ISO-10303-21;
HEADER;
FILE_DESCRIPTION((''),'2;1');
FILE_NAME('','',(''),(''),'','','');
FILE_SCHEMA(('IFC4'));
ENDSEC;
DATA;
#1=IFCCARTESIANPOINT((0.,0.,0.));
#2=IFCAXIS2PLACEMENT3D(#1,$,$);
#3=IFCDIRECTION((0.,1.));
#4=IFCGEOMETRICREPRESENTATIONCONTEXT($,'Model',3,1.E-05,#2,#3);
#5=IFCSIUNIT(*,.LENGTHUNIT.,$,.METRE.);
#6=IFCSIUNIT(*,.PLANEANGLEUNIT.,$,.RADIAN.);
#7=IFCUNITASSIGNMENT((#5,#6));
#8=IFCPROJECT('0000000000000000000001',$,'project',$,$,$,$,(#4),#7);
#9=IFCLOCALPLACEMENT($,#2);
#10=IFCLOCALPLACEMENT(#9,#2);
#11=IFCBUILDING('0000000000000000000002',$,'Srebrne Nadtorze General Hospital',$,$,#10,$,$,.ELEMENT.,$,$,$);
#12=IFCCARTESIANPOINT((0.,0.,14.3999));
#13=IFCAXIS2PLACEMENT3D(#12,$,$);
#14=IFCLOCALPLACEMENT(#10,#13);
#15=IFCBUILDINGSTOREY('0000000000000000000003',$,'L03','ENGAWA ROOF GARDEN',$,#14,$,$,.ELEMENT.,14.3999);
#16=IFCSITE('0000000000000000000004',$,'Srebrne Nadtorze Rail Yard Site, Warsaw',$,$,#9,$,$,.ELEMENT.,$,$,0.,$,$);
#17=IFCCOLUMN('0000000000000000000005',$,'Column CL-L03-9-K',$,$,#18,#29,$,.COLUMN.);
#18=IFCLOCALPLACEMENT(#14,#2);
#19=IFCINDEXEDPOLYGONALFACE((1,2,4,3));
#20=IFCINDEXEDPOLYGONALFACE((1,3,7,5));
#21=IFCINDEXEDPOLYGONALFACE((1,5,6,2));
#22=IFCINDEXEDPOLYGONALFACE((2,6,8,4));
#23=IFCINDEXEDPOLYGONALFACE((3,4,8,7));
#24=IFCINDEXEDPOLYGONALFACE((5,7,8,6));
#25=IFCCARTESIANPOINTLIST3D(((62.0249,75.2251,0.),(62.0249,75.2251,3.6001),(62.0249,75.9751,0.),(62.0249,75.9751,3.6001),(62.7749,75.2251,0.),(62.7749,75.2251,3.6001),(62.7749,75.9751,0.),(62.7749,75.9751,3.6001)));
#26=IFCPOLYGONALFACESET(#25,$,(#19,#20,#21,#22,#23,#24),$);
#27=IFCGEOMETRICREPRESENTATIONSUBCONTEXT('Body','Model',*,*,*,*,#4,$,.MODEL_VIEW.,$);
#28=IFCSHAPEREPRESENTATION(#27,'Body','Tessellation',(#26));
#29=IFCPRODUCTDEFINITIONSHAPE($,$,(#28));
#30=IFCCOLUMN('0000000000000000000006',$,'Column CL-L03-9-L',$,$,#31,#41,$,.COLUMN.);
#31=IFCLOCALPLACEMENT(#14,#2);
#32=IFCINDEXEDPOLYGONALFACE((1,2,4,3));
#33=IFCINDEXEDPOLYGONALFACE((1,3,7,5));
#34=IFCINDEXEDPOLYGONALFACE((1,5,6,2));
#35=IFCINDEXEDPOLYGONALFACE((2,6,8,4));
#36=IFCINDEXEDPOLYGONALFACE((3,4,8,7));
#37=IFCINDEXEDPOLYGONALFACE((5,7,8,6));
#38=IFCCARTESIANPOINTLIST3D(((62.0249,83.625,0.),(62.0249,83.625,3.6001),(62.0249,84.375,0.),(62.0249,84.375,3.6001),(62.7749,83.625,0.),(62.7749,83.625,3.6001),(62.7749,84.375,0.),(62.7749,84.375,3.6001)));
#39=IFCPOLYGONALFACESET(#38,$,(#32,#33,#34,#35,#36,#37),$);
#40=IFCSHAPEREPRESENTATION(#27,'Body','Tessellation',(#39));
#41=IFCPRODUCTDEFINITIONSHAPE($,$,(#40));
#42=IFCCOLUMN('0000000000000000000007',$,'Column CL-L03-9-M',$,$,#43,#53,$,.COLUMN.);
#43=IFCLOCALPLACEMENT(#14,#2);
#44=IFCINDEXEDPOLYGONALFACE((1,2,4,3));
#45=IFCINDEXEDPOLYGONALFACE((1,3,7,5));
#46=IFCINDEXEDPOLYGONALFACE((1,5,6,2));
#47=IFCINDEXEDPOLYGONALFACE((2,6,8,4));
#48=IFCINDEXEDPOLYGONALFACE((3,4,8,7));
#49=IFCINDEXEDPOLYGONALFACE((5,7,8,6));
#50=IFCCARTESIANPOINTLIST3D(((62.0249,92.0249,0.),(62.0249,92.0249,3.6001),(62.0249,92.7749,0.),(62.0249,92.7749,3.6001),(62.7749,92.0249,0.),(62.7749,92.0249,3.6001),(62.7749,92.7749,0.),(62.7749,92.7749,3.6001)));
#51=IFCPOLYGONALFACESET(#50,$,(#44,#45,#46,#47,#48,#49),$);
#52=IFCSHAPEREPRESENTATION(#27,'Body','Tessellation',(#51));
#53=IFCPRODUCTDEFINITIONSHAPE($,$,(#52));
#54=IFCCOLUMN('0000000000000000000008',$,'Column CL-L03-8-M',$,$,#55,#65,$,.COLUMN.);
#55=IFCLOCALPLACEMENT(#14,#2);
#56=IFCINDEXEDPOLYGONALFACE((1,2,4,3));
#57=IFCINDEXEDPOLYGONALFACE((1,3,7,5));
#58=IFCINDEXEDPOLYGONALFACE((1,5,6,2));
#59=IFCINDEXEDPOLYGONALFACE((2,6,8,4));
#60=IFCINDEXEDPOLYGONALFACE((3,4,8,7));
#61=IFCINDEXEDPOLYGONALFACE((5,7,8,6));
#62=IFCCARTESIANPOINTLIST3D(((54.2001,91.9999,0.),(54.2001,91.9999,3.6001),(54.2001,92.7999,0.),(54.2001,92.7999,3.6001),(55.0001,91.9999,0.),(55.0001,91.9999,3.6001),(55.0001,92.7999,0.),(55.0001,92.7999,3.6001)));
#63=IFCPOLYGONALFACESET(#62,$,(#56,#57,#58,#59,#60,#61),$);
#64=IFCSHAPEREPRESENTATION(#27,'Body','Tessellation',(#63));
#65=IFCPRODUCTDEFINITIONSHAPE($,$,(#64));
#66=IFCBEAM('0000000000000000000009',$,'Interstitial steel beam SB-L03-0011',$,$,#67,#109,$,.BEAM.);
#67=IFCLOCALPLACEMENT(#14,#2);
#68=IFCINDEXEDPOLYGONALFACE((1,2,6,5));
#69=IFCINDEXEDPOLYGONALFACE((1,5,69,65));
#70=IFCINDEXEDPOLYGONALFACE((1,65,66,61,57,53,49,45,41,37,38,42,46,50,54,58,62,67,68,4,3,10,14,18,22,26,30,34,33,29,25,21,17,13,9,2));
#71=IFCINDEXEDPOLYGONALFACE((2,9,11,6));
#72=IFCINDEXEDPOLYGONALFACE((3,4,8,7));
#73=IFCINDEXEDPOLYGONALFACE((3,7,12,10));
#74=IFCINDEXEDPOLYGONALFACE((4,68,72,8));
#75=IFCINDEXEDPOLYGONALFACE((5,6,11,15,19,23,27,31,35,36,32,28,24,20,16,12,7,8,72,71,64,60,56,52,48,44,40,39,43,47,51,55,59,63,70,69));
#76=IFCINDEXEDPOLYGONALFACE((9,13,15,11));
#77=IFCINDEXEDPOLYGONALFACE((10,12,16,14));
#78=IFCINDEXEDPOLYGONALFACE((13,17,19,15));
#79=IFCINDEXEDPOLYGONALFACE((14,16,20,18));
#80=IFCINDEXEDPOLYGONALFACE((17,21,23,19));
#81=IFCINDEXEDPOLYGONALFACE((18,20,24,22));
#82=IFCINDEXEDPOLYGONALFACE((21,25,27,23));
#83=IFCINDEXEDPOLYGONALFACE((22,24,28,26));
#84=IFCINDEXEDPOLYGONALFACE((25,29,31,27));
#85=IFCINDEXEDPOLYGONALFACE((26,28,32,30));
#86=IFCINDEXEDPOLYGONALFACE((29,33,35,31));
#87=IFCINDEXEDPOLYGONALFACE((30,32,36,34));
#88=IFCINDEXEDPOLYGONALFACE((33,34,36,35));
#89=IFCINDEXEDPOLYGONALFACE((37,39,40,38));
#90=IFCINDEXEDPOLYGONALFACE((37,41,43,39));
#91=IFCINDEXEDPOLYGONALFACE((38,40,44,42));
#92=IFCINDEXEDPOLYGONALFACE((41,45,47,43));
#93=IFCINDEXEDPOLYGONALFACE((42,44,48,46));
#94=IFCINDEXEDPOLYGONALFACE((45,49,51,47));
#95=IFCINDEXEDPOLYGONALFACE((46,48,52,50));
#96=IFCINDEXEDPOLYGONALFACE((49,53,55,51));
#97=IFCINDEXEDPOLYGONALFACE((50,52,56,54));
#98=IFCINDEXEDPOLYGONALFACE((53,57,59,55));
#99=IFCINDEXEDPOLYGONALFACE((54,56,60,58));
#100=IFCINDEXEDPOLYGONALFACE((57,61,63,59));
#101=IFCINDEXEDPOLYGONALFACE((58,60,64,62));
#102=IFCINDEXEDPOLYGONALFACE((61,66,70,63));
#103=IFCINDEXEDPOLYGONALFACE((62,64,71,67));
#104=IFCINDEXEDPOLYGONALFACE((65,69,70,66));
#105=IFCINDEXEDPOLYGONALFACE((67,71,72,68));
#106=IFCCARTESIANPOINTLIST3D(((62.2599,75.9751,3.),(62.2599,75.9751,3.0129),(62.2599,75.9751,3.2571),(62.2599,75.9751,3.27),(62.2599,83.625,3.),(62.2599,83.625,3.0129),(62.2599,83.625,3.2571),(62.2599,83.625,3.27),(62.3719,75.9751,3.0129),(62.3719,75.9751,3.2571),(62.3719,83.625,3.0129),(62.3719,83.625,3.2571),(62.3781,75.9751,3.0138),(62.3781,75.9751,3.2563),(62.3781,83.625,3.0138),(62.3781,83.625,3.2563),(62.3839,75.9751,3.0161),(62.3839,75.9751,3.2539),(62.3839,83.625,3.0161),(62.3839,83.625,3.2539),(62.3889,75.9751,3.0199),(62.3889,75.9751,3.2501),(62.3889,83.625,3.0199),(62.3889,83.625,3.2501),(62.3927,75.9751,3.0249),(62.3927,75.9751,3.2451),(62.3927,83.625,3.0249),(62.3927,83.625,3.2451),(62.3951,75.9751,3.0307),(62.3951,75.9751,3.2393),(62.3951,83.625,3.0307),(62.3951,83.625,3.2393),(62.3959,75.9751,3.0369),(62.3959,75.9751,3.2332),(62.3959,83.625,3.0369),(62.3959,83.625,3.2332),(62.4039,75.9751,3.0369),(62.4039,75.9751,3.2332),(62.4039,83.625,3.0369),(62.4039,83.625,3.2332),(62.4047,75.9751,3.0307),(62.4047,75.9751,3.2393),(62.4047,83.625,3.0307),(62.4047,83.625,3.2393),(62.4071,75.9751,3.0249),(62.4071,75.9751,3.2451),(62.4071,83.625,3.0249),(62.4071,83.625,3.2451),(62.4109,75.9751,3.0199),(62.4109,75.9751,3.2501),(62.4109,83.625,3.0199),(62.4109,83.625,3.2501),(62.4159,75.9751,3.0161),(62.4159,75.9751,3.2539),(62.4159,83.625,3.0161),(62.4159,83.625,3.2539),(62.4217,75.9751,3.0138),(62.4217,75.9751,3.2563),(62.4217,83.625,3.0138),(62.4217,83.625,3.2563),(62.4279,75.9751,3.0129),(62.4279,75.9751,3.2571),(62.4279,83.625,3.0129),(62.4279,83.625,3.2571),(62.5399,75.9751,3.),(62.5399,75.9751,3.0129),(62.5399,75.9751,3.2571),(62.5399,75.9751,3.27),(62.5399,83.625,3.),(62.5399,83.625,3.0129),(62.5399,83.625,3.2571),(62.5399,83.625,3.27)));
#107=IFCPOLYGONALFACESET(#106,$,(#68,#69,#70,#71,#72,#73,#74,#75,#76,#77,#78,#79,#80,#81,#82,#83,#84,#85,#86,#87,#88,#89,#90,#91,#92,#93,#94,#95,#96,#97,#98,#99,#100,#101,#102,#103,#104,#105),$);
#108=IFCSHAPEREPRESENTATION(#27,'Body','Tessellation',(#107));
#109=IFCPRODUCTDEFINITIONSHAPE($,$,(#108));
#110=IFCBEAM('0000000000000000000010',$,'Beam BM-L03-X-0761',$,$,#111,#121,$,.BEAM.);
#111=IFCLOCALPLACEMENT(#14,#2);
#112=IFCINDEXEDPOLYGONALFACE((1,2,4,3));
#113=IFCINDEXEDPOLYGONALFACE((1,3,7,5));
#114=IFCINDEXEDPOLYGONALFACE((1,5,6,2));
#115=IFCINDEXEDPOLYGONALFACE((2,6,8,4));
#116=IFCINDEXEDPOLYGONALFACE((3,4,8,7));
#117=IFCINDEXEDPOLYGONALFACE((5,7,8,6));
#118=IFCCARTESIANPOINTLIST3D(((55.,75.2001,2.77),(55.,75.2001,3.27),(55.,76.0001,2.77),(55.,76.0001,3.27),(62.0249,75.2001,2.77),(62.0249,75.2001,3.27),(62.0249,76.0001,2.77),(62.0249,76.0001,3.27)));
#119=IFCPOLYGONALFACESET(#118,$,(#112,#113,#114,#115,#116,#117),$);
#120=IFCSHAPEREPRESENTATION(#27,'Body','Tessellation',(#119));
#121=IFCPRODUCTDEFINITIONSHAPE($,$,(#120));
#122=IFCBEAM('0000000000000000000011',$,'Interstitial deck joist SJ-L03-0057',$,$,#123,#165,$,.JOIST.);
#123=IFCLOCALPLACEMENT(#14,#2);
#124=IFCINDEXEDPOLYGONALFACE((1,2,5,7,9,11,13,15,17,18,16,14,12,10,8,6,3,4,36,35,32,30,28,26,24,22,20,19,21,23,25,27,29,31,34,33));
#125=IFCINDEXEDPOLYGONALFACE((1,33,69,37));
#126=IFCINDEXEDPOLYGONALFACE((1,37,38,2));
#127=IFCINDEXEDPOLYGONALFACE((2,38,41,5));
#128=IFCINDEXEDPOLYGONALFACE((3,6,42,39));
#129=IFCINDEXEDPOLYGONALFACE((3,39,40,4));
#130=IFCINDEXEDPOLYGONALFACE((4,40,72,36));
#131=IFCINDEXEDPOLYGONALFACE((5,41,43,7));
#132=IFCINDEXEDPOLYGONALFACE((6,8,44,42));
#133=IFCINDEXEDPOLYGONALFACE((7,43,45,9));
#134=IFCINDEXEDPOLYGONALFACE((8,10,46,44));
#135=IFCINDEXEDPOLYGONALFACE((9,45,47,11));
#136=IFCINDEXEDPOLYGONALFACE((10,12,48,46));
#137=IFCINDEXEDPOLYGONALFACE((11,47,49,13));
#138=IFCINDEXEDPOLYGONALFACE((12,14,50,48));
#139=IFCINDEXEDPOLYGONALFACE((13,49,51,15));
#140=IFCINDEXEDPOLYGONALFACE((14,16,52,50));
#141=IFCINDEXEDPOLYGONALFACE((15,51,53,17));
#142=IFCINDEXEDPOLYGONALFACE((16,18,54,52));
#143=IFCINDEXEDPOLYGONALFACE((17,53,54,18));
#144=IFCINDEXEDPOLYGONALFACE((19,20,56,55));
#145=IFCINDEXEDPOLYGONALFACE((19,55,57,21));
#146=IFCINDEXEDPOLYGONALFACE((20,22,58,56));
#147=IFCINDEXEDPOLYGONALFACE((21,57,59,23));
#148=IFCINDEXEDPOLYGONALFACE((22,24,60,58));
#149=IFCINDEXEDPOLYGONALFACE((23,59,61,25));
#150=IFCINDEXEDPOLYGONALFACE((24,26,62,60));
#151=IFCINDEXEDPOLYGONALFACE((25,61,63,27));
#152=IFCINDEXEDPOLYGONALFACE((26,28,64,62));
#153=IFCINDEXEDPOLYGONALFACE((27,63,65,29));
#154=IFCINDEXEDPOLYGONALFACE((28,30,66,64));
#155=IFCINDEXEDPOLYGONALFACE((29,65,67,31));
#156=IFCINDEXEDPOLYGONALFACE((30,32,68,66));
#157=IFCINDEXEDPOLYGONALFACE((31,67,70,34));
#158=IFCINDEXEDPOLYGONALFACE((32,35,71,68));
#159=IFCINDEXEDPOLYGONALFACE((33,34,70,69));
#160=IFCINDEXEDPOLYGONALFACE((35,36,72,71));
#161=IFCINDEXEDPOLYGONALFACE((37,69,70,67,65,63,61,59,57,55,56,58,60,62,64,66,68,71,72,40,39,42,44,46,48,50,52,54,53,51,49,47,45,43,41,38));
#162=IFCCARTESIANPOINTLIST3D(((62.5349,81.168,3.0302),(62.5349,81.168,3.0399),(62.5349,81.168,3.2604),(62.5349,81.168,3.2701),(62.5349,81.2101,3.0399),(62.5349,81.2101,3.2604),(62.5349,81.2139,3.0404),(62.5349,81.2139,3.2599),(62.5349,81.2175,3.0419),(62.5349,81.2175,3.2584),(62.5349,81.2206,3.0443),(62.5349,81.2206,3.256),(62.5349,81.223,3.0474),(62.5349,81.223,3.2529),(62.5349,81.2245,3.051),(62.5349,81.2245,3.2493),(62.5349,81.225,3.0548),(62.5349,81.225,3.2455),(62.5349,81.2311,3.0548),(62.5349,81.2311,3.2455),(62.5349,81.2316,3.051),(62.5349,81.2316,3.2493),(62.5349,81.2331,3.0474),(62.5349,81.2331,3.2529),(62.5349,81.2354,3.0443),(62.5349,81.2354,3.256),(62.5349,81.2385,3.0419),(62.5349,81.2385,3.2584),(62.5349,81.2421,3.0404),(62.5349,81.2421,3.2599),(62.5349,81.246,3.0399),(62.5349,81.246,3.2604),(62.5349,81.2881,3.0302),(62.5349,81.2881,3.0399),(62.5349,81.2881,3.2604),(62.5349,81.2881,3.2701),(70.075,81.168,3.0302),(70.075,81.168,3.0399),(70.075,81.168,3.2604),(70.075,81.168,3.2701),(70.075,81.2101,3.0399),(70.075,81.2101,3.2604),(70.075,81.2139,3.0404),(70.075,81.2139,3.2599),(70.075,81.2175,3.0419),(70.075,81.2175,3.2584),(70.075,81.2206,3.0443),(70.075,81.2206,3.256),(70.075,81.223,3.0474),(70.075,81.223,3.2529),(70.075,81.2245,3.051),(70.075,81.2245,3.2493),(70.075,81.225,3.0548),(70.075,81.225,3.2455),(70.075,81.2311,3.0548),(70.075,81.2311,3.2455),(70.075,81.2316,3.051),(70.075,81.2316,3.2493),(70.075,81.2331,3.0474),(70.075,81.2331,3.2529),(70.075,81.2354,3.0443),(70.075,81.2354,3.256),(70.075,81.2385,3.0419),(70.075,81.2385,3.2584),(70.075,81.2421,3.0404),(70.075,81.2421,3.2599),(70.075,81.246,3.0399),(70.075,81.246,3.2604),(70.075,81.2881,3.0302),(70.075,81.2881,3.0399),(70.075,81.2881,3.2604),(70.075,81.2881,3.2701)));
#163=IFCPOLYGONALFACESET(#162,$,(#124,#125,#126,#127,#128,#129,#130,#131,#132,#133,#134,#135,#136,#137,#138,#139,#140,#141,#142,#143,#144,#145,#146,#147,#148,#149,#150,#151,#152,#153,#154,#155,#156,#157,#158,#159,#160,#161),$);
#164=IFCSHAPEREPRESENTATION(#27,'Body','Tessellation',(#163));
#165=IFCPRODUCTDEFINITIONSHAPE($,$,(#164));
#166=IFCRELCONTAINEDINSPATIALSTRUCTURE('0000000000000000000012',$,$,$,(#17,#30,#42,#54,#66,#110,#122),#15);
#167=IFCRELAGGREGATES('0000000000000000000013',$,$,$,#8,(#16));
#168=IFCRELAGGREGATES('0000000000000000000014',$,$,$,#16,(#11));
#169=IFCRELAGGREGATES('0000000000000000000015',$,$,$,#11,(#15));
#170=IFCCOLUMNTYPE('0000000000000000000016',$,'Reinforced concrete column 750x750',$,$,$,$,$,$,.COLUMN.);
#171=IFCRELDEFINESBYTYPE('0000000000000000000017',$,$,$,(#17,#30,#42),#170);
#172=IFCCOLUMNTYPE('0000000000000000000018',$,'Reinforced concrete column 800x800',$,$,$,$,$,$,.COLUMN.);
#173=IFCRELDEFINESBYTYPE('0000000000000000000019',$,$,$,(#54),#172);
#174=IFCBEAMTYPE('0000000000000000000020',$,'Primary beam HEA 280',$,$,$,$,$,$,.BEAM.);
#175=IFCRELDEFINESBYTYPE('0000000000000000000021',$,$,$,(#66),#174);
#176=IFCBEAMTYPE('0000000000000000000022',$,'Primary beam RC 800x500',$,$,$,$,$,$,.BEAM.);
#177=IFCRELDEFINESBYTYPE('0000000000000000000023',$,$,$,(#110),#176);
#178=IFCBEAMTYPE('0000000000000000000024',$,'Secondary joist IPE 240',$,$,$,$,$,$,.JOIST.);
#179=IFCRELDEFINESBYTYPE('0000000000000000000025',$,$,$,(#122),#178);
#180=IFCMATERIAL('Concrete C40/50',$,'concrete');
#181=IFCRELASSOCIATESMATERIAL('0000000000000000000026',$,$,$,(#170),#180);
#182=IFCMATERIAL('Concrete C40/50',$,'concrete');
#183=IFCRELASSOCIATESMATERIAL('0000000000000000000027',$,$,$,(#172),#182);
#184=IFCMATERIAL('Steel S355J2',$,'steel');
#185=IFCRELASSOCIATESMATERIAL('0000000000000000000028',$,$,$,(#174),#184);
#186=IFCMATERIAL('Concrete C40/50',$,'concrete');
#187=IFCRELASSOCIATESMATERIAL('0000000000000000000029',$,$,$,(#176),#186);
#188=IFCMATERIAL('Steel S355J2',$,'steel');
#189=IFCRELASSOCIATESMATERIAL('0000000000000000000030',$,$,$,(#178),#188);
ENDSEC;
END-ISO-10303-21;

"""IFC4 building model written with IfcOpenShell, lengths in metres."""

from ifc_helpers import new_model, si_unit, direction, frame, origin, origin_2d, place, context, subcontext, project, spatial, rectangle, i_section, extrude, material, material_profile, profile_set, type_object, element, save


model = new_model("IFC4")

# Units and contexts
model_context = context("Model", 3, precision=1e-05, world=origin(), true_north=direction((0.0, 1.0)))
body_context = subcontext(model_context, "Body", "Model", "MODEL_VIEW")
ifc_project = project(units=[si_unit("LENGTHUNIT", "METRE"), si_unit("PLANEANGLEUNIT", "RADIAN")], contexts=[model_context])

# Site, building, storey
site_placement = place(None, origin())
site = spatial("IfcSite", under=ifc_project, at=site_placement, Name="Srebrne Nadtorze Rail Yard Site, Warsaw", CompositionType="ELEMENT", RefElevation=0.0)
building_placement = place(site_placement, origin())
building = spatial("IfcBuilding", under=site, at=building_placement, Name="Srebrne Nadtorze General Hospital", CompositionType="ELEMENT")
storey_placement = place(building_placement, frame((0.0, 0.0, 14.3999)))
storey = spatial("IfcBuildingStorey", under=building, at=storey_placement, Name="L03", Description="ENGAWA ROOF GARDEN", CompositionType="ELEMENT", Elevation=14.3999)

# Columns
ifc_material_1 = material(Name="Concrete C40/50", Category="concrete")
ifc_material_profile_1 = material_profile(ifc_material_1, rectangle(XDim=0.75, YDim=0.75, at=origin_2d()), Name="RC-COL-750x750")
ifc_profile_set_1 = profile_set([ifc_material_profile_1], Name="Concrete C40/50")
column_type_1 = type_object("IfcColumnType", Name="Reinforced concrete column 750x750", PredefinedType="COLUMN", material=ifc_profile_set_1)
for number, where, z_axis, x_axis, name in (
    (1, (62.3999, 75.6001, 0.0), (0.0, 0.0, 1.0), (1.0, 0.0, 0.0), "Column CL-L03-9-K"),
    (2, (62.3999, 84.0, 0.0), (0.0, 0.0, 1.0), (1.0, 0.0, 0.0), "Column CL-L03-9-L"),
    (3, (62.3999, 92.3999, 0.0), (0.0, 0.0, 1.0), (1.0, 0.0, 0.0), "Column CL-L03-9-M"),
):
    element("IfcColumn", number, at=place(storey_placement, frame(where, z_axis=z_axis, x_axis=x_axis)), inside=storey, type_object=column_type_1, Name=name, PredefinedType="COLUMN", context=body_context, shape_type="SweptSolid", body=[
        extrude(rectangle(XDim=0.75, YDim=0.75, at=origin_2d()), origin(), (0.0, 0.0, 1.0), 3.6001),
    ])
ifc_material_2 = material(Name="Concrete C40/50", Category="concrete")
ifc_material_profile_2 = material_profile(ifc_material_2, rectangle(XDim=0.8, YDim=0.8, at=origin_2d()), Name="RC-COL-800x800")
ifc_profile_set_2 = profile_set([ifc_material_profile_2], Name="Concrete C40/50")
column_type_2 = type_object("IfcColumnType", Name="Reinforced concrete column 800x800", PredefinedType="COLUMN", material=ifc_profile_set_2)
column_placement = place(storey_placement, frame((54.6001, 92.3999, 0.0), z_axis=(0.0, 0.0, 1.0), x_axis=(1.0, 0.0, 0.0)))
element("IfcColumn", 4, at=column_placement, inside=storey, type_object=column_type_2, Name="Column CL-L03-8-M", PredefinedType="COLUMN", context=body_context, shape_type="SweptSolid", body=[
    extrude(rectangle(XDim=0.8, YDim=0.8, at=origin_2d()), origin(), (0.0, 0.0, 1.0), 3.6001),
])

# Beams
ifc_material_3 = material(Name="Steel S355J2", Category="steel")
ifc_material_profile_3 = material_profile(ifc_material_3, i_section(OverallWidth=0.28, OverallDepth=0.27, WebThickness=0.0081, FlangeThickness=0.0129, FilletRadius=0.0239, at=origin_2d()), Name="HEA-280")
ifc_profile_set_3 = profile_set([ifc_material_profile_3], Name="Steel S355J2")
beam_type_1 = type_object("IfcBeamType", Name="Primary beam HEA 280", PredefinedType="BEAM", material=ifc_profile_set_3)
beam_1_placement = place(storey_placement, frame((62.3999, 75.9751, 3.135), z_axis=(0.0, 1.0, 0.0), x_axis=(-1.0, 0.0, 0.0)))
element("IfcBeam", 5, at=beam_1_placement, inside=storey, type_object=beam_type_1, Name="Interstitial steel beam SB-L03-0011", PredefinedType="BEAM", context=body_context, shape_type="SweptSolid", body=[
    extrude(i_section(OverallWidth=0.28, OverallDepth=0.27, WebThickness=0.0081, FlangeThickness=0.0129, FilletRadius=0.0239, at=origin_2d()), origin(), (0.0, 0.0, 1.0), 7.6499),
])
ifc_material_4 = material(Name="Concrete C40/50", Category="concrete")
ifc_material_profile_4 = material_profile(ifc_material_4, rectangle(XDim=0.8, YDim=0.5, at=origin_2d()), Name="RC-BM-800x500")
ifc_profile_set_4 = profile_set([ifc_material_profile_4], Name="Concrete C40/50")
beam_type_2 = type_object("IfcBeamType", Name="Primary beam RC 800x500", PredefinedType="BEAM", material=ifc_profile_set_4)
beam_2_placement = place(storey_placement, frame((55.0, 75.6001, 3.02), z_axis=(1.0, 0.0, 0.0), x_axis=(0.0, 1.0, 0.0)))
element("IfcBeam", 6, at=beam_2_placement, inside=storey, type_object=beam_type_2, Name="Beam BM-L03-X-0761", PredefinedType="BEAM", context=body_context, shape_type="SweptSolid", body=[
    extrude(rectangle(XDim=0.8, YDim=0.5, at=origin_2d()), origin(), (0.0, 0.0, 1.0), 7.0249),
])
ifc_material_5 = material(Name="Steel S355J2", Category="steel")
ifc_material_profile_5 = material_profile(ifc_material_5, i_section(OverallWidth=0.1201, OverallDepth=0.24, WebThickness=0.0061, FlangeThickness=0.0098, FilletRadius=0.0149, at=origin_2d()), Name="IPE-240")
ifc_profile_set_5 = profile_set([ifc_material_profile_5], Name="Steel S355J2")
beam_type_3 = type_object("IfcBeamType", Name="Secondary joist IPE 240", PredefinedType="JOIST", material=ifc_profile_set_5)
beam_3_placement = place(storey_placement, frame((62.5349, 81.228, 3.1501), z_axis=(1.0, 0.0, 0.0), x_axis=(0.0, 1.0, 0.0)))
element("IfcBeam", 7, at=beam_3_placement, inside=storey, type_object=beam_type_3, Name="Interstitial deck joist SJ-L03-0057", PredefinedType="JOIST", context=body_context, shape_type="SweptSolid", body=[
    extrude(i_section(OverallWidth=0.1201, OverallDepth=0.24, WebThickness=0.0061, FlangeThickness=0.0098, FilletRadius=0.0149, at=origin_2d()), origin(), (0.0, 0.0, 1.0), 7.54),
])

save(model, "model.ifc")
